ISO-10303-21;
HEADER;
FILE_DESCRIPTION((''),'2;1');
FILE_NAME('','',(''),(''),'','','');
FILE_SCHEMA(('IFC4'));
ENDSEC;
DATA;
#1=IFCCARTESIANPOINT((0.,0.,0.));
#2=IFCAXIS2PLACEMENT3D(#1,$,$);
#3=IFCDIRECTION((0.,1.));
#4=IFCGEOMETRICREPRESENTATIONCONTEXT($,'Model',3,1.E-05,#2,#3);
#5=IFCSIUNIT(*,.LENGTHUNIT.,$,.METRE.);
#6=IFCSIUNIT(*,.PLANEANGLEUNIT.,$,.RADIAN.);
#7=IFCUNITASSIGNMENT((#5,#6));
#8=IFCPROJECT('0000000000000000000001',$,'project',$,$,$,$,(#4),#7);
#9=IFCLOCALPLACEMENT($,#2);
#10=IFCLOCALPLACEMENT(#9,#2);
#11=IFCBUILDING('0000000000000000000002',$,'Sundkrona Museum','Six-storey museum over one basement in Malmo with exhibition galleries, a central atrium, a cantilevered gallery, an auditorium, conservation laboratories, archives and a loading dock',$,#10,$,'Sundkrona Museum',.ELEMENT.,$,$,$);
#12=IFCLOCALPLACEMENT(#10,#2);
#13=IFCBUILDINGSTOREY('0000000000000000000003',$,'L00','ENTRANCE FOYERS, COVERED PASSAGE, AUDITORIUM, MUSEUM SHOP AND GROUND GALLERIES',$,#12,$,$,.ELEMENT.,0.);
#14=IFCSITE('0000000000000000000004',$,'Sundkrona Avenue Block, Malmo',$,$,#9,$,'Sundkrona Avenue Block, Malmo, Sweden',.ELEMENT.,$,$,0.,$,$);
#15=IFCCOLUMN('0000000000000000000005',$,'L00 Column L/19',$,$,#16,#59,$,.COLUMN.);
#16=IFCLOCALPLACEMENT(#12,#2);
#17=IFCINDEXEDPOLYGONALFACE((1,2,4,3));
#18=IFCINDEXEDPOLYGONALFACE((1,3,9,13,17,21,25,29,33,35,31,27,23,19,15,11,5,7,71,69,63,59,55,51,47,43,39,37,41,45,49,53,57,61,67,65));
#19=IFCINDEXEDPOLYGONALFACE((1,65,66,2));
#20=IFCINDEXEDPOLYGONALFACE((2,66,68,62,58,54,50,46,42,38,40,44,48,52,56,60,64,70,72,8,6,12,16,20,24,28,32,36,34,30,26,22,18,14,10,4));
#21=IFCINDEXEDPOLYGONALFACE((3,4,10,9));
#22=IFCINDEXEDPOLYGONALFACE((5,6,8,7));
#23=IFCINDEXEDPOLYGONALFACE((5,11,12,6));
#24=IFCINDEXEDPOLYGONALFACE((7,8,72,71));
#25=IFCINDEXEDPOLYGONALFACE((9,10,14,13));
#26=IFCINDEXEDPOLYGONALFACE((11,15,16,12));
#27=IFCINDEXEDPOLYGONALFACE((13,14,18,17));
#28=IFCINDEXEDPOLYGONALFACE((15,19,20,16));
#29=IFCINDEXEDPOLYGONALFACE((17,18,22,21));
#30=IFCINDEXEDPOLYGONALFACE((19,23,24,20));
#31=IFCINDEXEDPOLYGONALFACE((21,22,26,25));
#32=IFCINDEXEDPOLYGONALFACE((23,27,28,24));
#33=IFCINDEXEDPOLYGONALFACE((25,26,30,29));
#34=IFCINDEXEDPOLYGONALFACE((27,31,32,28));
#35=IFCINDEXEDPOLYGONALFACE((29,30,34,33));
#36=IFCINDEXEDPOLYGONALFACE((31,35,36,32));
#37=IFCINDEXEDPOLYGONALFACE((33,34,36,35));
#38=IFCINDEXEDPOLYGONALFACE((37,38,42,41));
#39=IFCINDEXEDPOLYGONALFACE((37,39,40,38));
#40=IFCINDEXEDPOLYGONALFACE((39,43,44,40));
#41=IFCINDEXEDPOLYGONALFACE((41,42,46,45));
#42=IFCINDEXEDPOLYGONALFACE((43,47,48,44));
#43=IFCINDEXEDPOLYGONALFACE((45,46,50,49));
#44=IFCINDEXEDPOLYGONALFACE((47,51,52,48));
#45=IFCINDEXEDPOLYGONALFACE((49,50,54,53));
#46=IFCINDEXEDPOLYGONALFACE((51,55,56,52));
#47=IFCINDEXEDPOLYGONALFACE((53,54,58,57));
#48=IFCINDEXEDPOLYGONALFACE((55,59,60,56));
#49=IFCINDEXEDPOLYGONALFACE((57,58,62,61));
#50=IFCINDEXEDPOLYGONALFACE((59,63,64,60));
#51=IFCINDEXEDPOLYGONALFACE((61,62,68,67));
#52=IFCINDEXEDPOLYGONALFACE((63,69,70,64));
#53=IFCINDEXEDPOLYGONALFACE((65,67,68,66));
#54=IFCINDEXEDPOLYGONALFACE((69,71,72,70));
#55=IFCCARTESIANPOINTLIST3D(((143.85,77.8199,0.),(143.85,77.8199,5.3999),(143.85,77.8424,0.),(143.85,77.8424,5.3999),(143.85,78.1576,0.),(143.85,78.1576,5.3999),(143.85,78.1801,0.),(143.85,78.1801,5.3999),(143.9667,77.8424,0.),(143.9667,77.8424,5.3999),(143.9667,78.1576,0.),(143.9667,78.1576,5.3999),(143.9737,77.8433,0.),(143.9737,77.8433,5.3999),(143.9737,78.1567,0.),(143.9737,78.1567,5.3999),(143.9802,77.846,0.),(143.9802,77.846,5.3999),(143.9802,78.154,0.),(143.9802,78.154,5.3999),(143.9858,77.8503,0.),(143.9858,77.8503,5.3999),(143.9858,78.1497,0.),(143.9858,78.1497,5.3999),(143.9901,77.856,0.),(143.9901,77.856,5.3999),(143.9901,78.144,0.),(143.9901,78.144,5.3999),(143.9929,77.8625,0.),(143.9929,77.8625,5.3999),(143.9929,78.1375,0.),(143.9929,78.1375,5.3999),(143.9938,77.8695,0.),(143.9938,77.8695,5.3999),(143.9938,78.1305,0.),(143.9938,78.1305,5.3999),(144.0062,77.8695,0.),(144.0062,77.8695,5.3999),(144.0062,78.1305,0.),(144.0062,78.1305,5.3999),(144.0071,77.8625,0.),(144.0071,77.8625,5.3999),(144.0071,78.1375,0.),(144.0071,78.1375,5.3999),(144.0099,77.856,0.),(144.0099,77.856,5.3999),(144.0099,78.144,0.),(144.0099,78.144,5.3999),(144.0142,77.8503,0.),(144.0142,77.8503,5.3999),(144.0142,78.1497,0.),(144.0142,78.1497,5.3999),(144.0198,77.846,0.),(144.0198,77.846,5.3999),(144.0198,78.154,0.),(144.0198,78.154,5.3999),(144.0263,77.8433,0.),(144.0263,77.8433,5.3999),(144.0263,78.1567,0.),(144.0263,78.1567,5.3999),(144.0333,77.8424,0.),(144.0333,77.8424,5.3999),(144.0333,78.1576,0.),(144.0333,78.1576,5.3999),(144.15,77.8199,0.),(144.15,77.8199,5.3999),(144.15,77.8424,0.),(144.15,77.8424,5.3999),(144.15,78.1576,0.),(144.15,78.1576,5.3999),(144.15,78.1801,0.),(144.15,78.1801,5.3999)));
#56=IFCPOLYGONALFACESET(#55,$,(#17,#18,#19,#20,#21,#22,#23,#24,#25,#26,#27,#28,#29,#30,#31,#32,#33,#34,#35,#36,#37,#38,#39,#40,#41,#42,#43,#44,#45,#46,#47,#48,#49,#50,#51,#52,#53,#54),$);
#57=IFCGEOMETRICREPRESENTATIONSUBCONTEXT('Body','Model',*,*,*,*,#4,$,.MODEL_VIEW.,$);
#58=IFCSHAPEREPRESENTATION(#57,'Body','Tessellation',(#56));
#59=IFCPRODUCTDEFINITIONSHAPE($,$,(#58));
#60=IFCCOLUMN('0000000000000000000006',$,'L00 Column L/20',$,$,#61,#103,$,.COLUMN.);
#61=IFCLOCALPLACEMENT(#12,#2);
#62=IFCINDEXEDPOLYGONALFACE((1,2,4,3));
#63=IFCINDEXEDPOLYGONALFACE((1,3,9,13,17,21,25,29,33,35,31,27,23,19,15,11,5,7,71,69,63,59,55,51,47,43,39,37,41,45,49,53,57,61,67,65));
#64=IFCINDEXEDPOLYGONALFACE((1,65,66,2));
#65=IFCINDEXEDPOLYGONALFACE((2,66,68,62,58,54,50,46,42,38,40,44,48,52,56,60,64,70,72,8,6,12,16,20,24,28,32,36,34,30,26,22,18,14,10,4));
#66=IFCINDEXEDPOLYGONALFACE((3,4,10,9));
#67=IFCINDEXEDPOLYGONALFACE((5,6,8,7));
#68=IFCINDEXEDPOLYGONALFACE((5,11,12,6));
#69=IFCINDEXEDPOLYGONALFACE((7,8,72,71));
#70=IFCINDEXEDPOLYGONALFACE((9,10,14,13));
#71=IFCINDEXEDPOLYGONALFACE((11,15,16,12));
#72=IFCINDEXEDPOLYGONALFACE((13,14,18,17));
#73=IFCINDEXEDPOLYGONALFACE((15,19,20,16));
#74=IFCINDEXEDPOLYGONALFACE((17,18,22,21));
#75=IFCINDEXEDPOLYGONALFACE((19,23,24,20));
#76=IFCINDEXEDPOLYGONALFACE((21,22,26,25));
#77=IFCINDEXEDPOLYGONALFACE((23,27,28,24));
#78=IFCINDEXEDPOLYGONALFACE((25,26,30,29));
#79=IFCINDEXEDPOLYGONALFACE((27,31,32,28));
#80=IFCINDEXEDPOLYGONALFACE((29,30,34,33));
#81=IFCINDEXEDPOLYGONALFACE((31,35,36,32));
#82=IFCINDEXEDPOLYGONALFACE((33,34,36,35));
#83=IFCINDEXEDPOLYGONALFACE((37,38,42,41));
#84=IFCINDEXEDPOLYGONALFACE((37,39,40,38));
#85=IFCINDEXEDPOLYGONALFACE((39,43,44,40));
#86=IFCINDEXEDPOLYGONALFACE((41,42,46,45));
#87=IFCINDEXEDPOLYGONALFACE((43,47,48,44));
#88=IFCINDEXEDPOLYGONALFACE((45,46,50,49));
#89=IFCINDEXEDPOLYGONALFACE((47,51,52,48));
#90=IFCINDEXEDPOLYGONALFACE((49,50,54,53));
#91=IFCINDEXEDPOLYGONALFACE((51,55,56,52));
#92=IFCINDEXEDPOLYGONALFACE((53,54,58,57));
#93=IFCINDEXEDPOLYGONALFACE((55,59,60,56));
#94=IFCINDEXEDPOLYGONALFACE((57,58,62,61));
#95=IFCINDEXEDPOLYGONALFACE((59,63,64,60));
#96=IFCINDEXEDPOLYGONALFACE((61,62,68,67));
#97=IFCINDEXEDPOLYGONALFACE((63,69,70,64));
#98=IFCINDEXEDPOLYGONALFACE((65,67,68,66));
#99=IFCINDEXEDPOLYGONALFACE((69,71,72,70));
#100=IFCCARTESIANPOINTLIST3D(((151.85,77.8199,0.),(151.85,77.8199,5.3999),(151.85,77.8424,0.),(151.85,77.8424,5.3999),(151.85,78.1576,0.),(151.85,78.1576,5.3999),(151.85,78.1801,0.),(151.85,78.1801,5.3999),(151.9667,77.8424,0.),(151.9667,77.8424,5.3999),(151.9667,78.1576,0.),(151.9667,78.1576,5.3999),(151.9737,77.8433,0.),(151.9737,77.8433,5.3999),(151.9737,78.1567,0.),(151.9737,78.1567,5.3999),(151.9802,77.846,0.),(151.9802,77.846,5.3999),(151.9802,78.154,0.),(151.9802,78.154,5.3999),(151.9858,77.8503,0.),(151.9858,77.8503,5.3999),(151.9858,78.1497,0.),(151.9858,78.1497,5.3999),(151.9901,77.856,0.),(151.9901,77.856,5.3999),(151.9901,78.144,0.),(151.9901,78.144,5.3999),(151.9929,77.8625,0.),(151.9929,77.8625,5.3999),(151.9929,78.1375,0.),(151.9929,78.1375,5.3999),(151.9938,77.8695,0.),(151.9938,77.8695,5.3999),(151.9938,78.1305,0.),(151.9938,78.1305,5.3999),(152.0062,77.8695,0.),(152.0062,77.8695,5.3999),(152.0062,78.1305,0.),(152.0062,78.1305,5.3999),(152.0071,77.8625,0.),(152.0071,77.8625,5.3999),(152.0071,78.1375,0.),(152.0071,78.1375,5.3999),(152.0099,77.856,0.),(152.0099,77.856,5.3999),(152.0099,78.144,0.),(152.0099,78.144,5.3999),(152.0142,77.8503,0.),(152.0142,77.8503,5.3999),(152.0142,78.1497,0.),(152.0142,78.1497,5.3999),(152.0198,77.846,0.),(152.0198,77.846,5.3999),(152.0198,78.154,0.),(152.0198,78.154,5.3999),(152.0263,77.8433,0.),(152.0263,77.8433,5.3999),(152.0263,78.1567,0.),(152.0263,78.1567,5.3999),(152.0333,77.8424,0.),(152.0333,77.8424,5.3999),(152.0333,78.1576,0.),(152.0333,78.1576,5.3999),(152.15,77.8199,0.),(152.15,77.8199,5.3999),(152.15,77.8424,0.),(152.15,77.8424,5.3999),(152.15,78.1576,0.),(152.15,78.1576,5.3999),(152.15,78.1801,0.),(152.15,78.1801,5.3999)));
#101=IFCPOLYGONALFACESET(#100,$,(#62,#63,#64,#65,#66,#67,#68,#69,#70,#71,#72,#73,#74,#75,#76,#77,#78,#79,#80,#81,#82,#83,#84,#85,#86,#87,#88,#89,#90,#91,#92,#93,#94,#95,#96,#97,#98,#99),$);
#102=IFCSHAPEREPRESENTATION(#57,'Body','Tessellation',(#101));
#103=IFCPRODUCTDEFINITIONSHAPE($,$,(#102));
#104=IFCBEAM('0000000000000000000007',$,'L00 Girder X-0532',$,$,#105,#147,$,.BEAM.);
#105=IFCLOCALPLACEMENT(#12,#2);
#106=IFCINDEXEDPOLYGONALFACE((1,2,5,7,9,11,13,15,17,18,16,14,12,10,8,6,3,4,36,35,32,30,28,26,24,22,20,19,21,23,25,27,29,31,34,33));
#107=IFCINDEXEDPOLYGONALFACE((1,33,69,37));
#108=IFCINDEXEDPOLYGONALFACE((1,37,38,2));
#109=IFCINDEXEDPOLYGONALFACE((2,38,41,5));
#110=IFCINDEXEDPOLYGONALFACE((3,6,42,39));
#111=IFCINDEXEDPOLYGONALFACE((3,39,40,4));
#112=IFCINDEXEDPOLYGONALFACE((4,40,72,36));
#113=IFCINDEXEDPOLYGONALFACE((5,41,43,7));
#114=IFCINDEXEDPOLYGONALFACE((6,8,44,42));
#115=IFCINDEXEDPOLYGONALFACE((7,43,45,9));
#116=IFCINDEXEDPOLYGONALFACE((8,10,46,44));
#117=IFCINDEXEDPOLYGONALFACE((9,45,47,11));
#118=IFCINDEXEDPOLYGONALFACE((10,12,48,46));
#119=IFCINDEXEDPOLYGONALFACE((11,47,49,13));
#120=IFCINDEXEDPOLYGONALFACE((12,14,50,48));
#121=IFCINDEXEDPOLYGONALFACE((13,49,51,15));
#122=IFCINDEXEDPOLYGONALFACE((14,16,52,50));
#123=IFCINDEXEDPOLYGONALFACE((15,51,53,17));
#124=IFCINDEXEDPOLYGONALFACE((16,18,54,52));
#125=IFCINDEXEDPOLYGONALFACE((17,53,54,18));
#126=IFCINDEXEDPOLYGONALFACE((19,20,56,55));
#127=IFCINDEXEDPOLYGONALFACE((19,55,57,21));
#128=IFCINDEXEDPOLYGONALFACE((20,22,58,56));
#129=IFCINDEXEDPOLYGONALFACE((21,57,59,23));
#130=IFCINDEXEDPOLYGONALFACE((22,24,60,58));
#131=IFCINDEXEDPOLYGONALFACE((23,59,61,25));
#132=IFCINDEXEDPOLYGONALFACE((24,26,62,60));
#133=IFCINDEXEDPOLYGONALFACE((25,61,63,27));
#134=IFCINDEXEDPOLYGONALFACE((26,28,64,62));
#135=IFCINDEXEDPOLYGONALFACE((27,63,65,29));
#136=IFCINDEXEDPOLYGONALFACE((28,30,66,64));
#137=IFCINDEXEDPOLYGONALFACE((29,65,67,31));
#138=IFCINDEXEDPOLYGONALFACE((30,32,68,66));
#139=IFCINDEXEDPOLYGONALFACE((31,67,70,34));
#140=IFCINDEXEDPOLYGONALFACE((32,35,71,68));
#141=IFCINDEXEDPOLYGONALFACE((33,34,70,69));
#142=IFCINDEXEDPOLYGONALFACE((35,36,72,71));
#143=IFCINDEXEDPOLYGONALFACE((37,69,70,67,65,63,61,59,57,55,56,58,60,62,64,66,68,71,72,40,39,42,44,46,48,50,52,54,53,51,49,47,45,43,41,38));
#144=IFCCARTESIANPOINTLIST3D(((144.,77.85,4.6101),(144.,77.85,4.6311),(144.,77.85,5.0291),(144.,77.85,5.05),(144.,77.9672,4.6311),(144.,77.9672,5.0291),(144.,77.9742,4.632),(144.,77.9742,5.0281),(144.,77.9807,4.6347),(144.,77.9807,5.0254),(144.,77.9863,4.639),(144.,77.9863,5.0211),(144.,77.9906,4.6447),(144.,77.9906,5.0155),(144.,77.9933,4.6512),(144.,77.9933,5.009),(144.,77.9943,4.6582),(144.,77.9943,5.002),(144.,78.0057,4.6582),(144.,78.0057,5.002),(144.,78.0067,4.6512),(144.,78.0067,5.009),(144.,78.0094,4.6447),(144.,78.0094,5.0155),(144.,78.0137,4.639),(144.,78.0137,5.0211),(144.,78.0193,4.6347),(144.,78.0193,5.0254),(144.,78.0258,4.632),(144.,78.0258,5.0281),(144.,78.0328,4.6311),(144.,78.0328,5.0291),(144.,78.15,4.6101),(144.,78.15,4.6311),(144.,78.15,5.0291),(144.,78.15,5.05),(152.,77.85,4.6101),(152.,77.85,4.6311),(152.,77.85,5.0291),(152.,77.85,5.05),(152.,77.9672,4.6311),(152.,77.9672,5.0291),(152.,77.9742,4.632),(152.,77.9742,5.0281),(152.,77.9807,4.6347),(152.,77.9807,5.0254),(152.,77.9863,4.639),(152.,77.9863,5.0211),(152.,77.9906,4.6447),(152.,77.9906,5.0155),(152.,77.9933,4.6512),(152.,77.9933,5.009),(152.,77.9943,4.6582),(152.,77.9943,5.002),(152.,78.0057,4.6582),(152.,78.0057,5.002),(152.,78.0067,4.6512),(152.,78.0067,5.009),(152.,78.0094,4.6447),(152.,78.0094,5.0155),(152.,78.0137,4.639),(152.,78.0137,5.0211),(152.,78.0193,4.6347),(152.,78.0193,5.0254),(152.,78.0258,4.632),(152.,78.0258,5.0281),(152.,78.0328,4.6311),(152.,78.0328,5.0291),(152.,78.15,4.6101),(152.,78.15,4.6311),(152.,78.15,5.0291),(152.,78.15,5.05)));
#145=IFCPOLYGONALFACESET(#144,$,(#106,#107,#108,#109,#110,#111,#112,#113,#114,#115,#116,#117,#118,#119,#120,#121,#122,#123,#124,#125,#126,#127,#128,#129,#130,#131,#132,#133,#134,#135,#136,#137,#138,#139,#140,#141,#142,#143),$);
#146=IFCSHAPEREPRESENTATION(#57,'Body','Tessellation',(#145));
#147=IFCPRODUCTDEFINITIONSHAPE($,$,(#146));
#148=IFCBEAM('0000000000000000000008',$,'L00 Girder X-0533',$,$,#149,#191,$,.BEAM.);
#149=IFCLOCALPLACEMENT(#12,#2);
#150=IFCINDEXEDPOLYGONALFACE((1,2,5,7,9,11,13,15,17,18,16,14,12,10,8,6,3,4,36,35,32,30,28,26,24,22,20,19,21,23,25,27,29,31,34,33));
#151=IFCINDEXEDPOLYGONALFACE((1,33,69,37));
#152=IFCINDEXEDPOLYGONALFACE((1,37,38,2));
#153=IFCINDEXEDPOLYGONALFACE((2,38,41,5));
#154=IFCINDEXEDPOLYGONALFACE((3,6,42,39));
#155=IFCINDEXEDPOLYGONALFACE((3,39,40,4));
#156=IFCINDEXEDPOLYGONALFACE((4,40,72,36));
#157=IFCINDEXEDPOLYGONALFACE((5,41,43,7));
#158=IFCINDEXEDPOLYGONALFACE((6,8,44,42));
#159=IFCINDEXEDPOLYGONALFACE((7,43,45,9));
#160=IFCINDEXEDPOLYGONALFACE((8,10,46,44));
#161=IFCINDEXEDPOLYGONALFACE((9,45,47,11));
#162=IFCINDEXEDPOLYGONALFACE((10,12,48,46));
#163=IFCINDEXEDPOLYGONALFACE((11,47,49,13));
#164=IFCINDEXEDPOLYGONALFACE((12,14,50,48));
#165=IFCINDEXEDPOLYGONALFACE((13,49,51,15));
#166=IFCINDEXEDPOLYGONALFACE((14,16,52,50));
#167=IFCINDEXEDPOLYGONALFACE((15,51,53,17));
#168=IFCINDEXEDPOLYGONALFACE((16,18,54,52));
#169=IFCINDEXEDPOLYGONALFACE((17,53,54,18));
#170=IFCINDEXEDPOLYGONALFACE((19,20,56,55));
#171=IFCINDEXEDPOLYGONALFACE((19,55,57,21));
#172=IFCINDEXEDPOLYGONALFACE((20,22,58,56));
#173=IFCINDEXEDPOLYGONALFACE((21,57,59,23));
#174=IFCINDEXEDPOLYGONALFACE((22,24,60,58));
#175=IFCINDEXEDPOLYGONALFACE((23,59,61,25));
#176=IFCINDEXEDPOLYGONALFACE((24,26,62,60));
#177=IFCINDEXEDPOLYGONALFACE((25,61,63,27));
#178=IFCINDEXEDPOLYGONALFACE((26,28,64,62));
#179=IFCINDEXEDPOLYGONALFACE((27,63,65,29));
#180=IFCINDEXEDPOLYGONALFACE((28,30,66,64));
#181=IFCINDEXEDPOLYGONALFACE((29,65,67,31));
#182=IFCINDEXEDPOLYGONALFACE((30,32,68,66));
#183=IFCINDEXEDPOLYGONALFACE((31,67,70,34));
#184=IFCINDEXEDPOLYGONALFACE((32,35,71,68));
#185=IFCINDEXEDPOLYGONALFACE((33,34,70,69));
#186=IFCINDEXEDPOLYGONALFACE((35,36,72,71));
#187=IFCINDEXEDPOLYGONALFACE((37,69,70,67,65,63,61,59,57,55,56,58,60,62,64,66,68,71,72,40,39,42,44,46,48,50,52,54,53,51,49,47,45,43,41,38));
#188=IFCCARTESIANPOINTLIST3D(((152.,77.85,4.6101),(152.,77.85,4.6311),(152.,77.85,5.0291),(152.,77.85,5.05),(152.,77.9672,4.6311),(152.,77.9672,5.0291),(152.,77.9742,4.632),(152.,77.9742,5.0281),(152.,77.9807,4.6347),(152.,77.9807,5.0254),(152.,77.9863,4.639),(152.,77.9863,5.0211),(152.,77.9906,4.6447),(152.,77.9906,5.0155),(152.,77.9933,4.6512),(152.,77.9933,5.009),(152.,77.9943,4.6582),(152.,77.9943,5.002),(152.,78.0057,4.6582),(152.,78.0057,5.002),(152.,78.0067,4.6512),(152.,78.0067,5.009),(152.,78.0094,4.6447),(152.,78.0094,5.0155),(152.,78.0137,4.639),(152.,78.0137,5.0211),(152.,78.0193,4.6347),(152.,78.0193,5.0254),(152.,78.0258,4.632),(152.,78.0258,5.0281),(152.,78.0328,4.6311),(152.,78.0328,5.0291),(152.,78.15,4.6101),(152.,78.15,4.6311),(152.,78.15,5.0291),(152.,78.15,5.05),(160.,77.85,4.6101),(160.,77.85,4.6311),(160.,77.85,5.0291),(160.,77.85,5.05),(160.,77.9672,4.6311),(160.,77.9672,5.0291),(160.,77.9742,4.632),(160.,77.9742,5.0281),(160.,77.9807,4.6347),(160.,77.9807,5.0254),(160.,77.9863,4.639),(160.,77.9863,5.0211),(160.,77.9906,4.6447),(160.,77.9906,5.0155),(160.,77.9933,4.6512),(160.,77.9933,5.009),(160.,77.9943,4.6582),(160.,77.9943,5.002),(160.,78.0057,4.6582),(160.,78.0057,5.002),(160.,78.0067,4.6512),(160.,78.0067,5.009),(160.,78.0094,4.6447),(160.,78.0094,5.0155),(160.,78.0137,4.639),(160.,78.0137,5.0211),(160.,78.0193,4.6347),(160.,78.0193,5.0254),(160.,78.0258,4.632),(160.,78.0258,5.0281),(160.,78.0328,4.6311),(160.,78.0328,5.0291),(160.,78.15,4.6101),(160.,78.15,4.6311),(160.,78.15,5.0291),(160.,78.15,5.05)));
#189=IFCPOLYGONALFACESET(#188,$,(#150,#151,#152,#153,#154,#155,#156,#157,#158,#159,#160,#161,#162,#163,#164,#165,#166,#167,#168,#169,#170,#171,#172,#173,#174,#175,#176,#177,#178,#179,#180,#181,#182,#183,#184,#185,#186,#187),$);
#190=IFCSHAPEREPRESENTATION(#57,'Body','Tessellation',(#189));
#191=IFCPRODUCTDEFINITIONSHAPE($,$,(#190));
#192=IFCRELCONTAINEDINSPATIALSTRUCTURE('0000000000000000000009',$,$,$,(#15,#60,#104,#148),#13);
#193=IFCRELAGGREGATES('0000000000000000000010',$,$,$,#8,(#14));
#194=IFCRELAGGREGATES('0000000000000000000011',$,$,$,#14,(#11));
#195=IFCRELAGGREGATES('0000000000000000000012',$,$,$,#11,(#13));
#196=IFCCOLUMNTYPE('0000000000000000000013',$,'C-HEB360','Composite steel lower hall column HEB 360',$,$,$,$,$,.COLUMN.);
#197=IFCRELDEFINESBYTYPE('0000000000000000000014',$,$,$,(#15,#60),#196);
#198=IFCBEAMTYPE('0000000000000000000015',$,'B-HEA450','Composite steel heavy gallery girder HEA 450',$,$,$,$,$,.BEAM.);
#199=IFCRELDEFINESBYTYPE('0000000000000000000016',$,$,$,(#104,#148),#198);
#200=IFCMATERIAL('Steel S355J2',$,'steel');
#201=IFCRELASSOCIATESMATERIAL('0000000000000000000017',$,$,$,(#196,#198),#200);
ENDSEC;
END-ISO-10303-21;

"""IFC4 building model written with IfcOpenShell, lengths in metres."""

from ifc_helpers import new_model, si_unit, direction, frame, origin, origin_2d, place, context, subcontext, project, spatial, i_section, extrude, material, material_profile, profile_set, type_object, element, save


model = new_model("IFC4")

# Units and contexts
model_context = context("Model", 3, precision=1e-05, world=origin(), true_north=direction((0.0, 1.0)))
body_context = subcontext(model_context, "Body", "Model", "MODEL_VIEW")
ifc_project = project(units=[si_unit("LENGTHUNIT", "METRE"), si_unit("PLANEANGLEUNIT", "RADIAN")], contexts=[model_context])

# Site, building, storey
site_placement = place(None, origin())
site = spatial("IfcSite", under=ifc_project, at=site_placement, Name="Sundkrona Avenue Block, Malmo", LongName="Sundkrona Avenue Block, Malmo, Sweden", CompositionType="ELEMENT", RefElevation=0.0)
building_placement = place(site_placement, origin())
building = spatial("IfcBuilding", under=site, at=building_placement, Name="Sundkrona Museum", Description="Six-storey museum over one basement in Malmo with exhibition galleries, a central atrium, a cantilevered gallery, an auditorium, conservation laboratories, archives and a loading dock", LongName="Sundkrona Museum", CompositionType="ELEMENT")
storey_placement = place(building_placement, origin())
storey = spatial("IfcBuildingStorey", under=building, at=storey_placement, Name="L00", Description="ENTRANCE FOYERS, COVERED PASSAGE, AUDITORIUM, MUSEUM SHOP AND GROUND GALLERIES", CompositionType="ELEMENT", Elevation=0.0)

# Columns
ifc_material_1 = material(Name="Steel S355J2", Category="steel")
ifc_material_profile_1 = material_profile(ifc_material_1, i_section(OverallWidth=0.3, OverallDepth=0.3601, WebThickness=0.0125, FlangeThickness=0.0225, FilletRadius=0.0271, at=origin_2d()), Name="HEB 360")
ifc_profile_set_1 = profile_set([ifc_material_profile_1], Name="Steel S355J2")
column_type = type_object("IfcColumnType", Name="C-HEB360", Description="Composite steel lower hall column HEB 360", PredefinedType="COLUMN", material=ifc_profile_set_1)
for number, where, z_axis, x_axis, name in (
    (1, (144.0, 78.0, 0.0), (0.0, 0.0, 1.0), (1.0, 0.0, 0.0), "L00 Column L/19"),
    (2, (152.0, 78.0, 0.0), (0.0, 0.0, 1.0), (1.0, 0.0, 0.0), "L00 Column L/20"),
):
    element("IfcColumn", number, at=place(storey_placement, frame(where, z_axis=z_axis, x_axis=x_axis)), inside=storey, type_object=column_type, Name=name, PredefinedType="COLUMN", context=body_context, shape_type="SweptSolid", body=[
        extrude(i_section(OverallWidth=0.3, OverallDepth=0.3601, WebThickness=0.0125, FlangeThickness=0.0225, FilletRadius=0.0271, at=origin_2d()), origin(), (0.0, 0.0, 1.0), 5.3999),
    ])

# Beams
ifc_material_profile_2 = material_profile(ifc_material_1, i_section(OverallWidth=0.3, OverallDepth=0.4399, WebThickness=0.0115, FlangeThickness=0.021, FilletRadius=0.0271, at=origin_2d()), Name="HEA 450")
ifc_profile_set_2 = profile_set([ifc_material_profile_2], Name="Steel S355J2")
beam_type_1 = type_object("IfcBeamType", Name="B-HEA450", Description="Composite steel heavy gallery girder HEA 450", PredefinedType="BEAM", material=ifc_profile_set_2)
for number, where, z_axis, x_axis, name in (
    (3, (144.0, 78.0, 4.8301), (1.0, 0.0, 0.0), (0.0, 1.0, 0.0), "L00 Girder X-0532"),
    (4, (152.0, 78.0, 4.8301), (1.0, 0.0, 0.0), (0.0, 1.0, 0.0), "L00 Girder X-0533"),
):
    element("IfcBeam", number, at=place(storey_placement, frame(where, z_axis=z_axis, x_axis=x_axis)), inside=storey, type_object=beam_type_1, Name=name, PredefinedType="BEAM", context=body_context, shape_type="SweptSolid", body=[
        extrude(i_section(OverallWidth=0.3, OverallDepth=0.4399, WebThickness=0.0115, FlangeThickness=0.021, FilletRadius=0.0271, at=origin_2d()), origin(), (0.0, 0.0, 1.0), 8.0),
    ])

save(model, "model.ifc")
